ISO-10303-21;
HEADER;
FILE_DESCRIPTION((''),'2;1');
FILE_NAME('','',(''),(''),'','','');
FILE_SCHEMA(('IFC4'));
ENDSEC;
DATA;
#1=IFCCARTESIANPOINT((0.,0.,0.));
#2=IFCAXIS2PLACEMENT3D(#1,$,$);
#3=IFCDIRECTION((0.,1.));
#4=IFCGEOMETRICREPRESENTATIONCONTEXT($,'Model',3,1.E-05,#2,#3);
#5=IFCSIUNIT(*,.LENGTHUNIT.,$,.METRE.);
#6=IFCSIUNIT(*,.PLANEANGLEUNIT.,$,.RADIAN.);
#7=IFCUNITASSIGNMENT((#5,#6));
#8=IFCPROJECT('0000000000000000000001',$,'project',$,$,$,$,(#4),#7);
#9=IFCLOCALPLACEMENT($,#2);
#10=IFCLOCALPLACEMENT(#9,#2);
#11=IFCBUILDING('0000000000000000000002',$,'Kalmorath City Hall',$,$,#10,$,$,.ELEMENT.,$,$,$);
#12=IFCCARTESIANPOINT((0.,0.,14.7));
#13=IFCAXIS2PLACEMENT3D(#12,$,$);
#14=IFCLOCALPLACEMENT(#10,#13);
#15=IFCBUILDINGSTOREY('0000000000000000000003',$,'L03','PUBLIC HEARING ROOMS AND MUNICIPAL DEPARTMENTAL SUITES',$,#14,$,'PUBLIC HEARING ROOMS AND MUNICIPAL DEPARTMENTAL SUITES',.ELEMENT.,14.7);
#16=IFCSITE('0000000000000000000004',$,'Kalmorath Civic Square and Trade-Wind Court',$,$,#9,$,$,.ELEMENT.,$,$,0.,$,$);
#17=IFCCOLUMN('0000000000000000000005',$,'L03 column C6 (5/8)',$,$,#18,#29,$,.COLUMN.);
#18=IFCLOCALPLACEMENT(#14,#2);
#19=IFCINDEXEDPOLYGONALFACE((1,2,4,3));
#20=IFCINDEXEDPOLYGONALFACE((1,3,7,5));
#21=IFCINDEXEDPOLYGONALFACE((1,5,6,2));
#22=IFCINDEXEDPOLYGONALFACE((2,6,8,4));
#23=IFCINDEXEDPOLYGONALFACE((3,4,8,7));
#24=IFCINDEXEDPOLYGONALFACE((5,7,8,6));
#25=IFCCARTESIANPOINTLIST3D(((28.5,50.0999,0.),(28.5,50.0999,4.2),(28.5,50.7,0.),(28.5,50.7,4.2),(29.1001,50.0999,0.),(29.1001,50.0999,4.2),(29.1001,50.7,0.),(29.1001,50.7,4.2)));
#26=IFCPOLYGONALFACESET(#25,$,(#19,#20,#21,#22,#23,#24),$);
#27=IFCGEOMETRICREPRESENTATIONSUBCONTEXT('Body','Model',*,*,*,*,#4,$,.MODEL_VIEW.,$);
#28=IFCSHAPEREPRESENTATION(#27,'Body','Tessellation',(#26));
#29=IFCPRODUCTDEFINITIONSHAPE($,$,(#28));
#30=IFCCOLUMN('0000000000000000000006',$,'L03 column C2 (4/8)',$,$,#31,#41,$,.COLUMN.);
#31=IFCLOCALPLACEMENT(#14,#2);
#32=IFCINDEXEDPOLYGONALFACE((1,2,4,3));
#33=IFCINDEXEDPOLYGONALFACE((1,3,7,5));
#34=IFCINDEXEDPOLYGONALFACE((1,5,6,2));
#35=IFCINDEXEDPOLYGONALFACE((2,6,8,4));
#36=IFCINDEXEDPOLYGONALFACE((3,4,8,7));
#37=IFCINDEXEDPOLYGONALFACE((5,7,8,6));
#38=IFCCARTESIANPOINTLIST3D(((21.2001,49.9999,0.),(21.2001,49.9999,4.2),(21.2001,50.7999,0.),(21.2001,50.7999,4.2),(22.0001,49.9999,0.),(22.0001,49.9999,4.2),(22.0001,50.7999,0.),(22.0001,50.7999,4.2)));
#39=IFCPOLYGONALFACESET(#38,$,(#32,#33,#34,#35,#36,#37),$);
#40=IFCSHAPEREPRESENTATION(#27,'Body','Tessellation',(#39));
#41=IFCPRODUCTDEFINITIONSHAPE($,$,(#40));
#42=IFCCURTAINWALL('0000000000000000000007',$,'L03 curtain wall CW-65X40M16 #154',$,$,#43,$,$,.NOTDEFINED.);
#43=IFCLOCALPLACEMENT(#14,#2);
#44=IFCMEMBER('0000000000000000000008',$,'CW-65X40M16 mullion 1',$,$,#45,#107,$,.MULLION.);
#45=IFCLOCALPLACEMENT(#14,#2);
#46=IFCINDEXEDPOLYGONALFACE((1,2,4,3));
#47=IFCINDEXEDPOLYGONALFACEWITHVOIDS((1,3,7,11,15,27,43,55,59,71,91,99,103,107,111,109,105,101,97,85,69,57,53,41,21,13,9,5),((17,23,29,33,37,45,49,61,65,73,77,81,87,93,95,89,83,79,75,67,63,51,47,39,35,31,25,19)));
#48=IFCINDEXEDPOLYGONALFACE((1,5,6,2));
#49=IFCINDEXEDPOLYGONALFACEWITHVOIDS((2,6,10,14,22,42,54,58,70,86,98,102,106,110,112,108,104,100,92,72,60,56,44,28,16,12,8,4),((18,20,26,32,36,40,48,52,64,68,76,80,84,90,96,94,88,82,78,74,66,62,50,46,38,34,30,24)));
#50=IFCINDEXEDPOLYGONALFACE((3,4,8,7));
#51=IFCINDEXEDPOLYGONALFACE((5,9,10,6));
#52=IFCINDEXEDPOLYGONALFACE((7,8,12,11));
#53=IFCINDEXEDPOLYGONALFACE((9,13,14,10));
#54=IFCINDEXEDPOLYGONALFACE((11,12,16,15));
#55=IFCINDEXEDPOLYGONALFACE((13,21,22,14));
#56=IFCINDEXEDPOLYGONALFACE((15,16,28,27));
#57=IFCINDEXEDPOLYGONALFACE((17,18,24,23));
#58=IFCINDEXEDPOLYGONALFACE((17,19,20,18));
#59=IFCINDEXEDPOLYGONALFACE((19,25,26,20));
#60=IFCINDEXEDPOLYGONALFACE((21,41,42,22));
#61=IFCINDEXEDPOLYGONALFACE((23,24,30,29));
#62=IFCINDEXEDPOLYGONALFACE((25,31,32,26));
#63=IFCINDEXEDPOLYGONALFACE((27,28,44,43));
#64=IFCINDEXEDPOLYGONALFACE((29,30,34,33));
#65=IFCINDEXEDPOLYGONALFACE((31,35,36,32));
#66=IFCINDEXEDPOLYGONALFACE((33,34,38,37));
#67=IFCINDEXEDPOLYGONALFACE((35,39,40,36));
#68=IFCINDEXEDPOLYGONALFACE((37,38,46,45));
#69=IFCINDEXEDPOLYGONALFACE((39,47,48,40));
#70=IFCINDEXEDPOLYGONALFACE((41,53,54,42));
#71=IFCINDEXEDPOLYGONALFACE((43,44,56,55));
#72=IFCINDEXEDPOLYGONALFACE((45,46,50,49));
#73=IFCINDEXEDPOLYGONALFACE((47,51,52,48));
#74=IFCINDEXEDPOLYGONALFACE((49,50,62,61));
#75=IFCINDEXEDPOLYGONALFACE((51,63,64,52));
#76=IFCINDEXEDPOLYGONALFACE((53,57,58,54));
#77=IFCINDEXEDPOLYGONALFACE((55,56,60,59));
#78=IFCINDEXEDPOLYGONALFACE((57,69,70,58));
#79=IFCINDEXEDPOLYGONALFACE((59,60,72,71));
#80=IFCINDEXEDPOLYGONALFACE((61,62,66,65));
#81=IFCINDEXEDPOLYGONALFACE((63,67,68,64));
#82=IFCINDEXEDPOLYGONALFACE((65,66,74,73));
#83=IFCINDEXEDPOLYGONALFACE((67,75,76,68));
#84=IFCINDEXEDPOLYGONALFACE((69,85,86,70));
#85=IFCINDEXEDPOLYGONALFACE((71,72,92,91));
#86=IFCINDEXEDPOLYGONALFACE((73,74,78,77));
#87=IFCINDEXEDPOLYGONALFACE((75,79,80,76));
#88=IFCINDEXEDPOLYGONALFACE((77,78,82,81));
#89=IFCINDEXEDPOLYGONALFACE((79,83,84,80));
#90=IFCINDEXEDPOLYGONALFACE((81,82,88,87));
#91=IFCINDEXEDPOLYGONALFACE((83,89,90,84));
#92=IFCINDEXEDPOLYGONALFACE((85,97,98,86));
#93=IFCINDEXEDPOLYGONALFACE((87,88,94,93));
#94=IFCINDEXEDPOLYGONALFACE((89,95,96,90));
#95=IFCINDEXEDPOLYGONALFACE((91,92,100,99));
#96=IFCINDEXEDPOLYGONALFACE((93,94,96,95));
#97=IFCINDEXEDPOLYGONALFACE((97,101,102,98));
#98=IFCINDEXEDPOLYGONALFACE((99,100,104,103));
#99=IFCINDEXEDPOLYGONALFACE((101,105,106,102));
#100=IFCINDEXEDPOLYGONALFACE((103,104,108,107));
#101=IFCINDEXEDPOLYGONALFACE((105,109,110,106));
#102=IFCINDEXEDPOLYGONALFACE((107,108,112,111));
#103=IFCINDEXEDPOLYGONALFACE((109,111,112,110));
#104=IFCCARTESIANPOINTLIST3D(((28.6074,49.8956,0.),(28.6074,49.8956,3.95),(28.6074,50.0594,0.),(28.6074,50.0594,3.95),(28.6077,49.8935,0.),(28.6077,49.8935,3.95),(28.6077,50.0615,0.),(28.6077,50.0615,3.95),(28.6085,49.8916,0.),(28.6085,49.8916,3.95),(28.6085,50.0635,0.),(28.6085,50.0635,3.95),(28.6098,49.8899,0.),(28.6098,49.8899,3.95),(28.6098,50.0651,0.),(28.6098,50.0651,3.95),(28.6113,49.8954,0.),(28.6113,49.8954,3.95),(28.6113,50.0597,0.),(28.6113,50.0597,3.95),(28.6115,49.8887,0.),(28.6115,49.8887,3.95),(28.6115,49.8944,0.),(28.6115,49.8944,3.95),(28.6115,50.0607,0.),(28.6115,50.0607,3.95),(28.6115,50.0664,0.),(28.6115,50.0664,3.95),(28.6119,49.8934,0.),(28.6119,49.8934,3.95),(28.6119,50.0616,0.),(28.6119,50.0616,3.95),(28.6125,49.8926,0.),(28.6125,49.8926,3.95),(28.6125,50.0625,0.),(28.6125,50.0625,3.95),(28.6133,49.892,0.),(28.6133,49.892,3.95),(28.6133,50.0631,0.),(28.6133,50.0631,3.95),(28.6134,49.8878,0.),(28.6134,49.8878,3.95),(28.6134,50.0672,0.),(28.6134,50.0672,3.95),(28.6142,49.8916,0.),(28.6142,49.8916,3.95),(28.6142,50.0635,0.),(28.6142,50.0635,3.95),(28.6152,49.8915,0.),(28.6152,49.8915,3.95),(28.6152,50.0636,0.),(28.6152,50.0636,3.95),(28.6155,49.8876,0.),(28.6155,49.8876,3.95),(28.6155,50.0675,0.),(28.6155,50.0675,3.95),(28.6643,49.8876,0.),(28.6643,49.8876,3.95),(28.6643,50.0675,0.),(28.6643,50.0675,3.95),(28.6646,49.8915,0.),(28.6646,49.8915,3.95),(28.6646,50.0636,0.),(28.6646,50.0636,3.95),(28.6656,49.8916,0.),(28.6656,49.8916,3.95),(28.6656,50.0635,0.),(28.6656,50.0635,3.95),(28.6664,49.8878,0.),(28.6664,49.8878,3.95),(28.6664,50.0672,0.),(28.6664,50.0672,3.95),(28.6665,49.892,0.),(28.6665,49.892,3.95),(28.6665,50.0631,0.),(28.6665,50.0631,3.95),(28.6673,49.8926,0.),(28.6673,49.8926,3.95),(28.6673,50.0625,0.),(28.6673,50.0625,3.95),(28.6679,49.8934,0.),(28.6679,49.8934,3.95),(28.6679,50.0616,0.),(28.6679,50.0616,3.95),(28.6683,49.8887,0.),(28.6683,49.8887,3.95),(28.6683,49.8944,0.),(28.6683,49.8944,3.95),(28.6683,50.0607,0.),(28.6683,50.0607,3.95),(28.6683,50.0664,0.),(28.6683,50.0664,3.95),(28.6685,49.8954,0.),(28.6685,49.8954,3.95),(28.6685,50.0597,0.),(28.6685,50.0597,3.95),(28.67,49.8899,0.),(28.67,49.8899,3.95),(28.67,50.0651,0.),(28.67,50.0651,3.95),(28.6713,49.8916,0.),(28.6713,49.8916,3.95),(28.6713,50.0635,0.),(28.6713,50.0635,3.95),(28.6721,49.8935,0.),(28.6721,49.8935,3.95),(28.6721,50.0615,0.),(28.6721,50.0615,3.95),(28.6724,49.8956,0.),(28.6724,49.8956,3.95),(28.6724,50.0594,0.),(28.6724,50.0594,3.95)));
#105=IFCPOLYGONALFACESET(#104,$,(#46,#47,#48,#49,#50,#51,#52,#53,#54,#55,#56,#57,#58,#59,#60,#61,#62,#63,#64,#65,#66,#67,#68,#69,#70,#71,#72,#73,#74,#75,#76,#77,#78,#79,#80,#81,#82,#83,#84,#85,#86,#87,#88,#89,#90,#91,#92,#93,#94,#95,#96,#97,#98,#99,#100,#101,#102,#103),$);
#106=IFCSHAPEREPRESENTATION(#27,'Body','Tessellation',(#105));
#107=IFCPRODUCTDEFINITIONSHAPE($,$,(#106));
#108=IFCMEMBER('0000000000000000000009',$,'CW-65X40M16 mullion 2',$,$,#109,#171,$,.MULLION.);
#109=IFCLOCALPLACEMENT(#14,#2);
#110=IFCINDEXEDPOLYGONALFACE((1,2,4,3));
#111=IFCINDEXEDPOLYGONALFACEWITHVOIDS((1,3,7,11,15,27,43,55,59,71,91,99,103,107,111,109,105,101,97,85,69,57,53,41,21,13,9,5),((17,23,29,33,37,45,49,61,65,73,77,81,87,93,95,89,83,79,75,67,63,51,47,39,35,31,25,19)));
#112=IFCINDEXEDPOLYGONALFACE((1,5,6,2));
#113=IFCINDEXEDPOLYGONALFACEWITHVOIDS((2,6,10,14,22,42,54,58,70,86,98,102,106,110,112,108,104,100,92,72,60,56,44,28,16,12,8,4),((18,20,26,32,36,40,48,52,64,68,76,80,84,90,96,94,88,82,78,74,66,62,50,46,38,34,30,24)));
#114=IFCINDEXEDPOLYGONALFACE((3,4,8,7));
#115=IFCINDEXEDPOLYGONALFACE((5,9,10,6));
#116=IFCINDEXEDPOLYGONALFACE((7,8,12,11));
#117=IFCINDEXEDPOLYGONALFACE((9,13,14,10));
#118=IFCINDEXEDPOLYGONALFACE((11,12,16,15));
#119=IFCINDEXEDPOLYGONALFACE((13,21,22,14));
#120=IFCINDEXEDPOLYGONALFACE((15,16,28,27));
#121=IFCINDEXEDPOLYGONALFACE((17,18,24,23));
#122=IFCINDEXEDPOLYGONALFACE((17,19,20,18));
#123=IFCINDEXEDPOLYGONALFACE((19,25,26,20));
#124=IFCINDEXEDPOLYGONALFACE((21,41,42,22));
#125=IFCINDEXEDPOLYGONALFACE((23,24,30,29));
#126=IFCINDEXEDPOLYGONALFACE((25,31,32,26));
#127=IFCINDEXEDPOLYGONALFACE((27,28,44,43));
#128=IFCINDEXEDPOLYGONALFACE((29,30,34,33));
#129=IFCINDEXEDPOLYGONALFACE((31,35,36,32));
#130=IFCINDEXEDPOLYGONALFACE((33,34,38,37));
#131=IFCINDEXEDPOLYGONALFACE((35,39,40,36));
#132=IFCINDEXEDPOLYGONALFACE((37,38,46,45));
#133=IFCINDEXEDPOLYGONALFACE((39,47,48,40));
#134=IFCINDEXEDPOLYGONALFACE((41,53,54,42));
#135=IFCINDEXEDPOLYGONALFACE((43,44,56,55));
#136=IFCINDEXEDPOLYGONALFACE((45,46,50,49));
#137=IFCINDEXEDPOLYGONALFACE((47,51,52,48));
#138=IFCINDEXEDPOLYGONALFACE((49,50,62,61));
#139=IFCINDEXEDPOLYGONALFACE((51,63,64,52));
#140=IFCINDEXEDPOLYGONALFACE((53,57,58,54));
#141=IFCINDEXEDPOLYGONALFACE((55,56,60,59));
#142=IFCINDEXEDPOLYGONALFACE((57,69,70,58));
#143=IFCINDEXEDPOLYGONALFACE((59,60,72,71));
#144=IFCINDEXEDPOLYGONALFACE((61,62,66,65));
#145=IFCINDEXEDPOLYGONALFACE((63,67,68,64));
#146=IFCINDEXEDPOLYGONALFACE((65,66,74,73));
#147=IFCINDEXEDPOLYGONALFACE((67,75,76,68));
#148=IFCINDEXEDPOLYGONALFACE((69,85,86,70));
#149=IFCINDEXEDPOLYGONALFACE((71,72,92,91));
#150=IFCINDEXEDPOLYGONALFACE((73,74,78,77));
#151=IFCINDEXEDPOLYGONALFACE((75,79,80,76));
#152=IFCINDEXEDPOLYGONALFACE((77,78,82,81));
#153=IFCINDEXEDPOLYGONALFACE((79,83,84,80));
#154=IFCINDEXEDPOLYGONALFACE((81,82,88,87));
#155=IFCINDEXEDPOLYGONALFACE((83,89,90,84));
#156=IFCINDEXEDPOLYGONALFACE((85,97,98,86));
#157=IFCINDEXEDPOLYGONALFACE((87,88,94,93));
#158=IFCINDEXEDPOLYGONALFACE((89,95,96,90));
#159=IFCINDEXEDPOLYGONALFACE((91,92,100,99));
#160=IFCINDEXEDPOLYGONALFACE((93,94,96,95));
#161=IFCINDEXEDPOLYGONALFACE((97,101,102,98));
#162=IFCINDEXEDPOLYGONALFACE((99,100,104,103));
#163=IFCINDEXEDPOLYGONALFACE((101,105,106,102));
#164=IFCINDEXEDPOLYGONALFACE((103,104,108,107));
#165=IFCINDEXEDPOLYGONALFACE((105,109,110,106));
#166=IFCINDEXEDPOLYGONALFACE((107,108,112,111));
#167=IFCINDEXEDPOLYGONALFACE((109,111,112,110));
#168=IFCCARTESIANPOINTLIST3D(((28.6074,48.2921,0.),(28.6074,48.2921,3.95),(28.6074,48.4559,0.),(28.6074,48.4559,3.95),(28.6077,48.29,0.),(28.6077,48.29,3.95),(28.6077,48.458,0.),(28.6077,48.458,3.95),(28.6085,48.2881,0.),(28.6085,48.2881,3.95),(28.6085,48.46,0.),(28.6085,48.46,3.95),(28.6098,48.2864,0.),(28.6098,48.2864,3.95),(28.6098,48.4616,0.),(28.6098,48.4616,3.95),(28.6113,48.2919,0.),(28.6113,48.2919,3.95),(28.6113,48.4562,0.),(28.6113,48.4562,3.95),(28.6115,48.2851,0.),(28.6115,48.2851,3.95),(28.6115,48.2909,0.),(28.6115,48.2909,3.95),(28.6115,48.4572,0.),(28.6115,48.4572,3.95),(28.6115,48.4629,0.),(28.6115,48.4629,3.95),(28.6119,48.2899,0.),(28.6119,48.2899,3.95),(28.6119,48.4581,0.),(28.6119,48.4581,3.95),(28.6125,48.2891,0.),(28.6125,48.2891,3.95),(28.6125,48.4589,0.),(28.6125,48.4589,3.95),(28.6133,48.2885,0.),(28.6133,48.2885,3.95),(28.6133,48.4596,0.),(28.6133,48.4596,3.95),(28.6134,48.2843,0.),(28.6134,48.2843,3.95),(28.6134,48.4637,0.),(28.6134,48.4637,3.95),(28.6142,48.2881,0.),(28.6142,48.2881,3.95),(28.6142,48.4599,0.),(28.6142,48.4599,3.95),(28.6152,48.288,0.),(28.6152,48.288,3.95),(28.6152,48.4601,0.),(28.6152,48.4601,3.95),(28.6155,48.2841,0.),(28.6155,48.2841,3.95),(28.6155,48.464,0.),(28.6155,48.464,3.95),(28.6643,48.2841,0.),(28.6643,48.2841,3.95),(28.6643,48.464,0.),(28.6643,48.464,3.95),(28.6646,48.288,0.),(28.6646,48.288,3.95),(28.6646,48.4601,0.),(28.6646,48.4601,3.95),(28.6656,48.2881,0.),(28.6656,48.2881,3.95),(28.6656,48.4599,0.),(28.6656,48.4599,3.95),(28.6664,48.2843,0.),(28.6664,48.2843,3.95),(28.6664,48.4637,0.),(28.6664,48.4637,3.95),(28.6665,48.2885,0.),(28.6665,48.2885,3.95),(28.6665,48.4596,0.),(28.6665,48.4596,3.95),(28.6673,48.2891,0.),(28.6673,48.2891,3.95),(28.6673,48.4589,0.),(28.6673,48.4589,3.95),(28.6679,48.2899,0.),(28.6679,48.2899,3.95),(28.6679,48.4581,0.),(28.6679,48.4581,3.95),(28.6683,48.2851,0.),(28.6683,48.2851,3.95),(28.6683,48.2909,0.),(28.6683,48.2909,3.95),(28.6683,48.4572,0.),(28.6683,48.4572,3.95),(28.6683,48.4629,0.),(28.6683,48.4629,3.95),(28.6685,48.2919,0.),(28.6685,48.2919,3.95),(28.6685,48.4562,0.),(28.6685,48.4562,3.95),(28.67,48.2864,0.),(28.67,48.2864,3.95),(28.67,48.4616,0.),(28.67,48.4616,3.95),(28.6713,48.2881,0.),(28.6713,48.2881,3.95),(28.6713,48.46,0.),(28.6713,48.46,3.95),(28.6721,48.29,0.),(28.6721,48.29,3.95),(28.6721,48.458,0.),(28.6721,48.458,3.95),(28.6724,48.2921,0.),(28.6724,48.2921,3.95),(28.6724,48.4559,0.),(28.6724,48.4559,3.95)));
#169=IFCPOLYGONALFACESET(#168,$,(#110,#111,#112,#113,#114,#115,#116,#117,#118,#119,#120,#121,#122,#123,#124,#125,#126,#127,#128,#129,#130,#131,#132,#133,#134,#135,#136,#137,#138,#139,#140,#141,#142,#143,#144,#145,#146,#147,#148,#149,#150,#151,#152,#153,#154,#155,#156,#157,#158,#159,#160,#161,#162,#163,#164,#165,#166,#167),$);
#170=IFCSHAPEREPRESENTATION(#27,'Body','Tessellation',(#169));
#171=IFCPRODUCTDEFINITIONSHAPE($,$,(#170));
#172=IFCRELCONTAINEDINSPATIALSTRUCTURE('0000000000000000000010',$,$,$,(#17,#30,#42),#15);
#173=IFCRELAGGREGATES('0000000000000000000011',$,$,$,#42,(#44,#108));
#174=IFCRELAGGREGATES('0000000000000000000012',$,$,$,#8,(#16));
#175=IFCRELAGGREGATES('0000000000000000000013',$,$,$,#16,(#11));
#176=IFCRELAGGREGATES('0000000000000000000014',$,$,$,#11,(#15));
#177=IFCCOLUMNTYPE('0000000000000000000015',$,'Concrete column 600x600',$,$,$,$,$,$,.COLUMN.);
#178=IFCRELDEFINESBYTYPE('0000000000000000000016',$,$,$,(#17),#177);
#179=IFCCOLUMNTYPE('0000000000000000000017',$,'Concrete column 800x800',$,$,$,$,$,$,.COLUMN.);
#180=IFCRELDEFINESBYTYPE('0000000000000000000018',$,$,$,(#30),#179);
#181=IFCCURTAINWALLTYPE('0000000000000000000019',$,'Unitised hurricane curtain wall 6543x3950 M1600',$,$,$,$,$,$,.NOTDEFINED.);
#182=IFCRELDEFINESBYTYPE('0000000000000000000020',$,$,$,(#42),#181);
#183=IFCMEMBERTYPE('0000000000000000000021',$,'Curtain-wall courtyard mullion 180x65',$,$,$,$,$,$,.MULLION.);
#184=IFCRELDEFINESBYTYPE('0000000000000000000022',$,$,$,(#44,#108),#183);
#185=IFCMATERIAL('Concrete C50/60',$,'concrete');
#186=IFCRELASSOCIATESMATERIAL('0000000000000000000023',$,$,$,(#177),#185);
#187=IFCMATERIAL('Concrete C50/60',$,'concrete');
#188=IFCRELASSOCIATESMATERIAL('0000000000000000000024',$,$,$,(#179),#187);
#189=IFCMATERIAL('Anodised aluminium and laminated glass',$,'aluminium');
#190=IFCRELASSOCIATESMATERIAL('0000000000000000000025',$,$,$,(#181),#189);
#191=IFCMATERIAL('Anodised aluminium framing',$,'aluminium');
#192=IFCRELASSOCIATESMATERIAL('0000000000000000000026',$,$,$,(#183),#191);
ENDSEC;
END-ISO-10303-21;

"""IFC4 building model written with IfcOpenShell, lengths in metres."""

from ifc_helpers import new_model, si_unit, direction, frame, origin, origin_2d, place, context, subcontext, project, spatial, rectangle, hollow_rectangle, extrude, material, material_profile, profile_set, type_object, element, aggregate, save


model = new_model("IFC4")

# Units and contexts
model_context = context("Model", 3, precision=1e-05, world=origin(), true_north=direction((0.0, 1.0)))
body_context = subcontext(model_context, "Body", "Model", "MODEL_VIEW")
ifc_project = project(units=[si_unit("LENGTHUNIT", "METRE"), si_unit("PLANEANGLEUNIT", "RADIAN")], contexts=[model_context])

# Site, building, storey
site_placement = place(None, origin())
site = spatial("IfcSite", under=ifc_project, at=site_placement, Name="Kalmorath Civic Square and Trade-Wind Court", CompositionType="ELEMENT", RefElevation=0.0)
building_placement = place(site_placement, origin())
building = spatial("IfcBuilding", under=site, at=building_placement, Name="Kalmorath City Hall", CompositionType="ELEMENT")
storey_placement = place(building_placement, frame((0.0, 0.0, 14.7)))
storey = spatial("IfcBuildingStorey", under=building, at=storey_placement, Name="L03", Description="PUBLIC HEARING ROOMS AND MUNICIPAL DEPARTMENTAL SUITES", LongName="PUBLIC HEARING ROOMS AND MUNICIPAL DEPARTMENTAL SUITES", CompositionType="ELEMENT", Elevation=14.7)

# Columns
ifc_material_1 = material(Name="Concrete C50/60", Category="concrete")
ifc_material_profile_1 = material_profile(ifc_material_1, rectangle(XDim=0.6001, YDim=0.6001, at=origin_2d()), Name="RC-COL-600X600")
ifc_profile_set_1 = profile_set([ifc_material_profile_1], Name="Concrete C50/60")
column_type_1 = type_object("IfcColumnType", Name="Concrete column 600x600", PredefinedType="COLUMN", material=ifc_profile_set_1)
column_1_placement = place(storey_placement, frame((28.8, 50.3999, 0.0), z_axis=(0.0, 0.0, 1.0), x_axis=(1.0, 0.0, 0.0)))
element("IfcColumn", 1, at=column_1_placement, inside=storey, type_object=column_type_1, Name="L03 column C6 (5/8)", PredefinedType="COLUMN", context=body_context, shape_type="SweptSolid", body=[
    extrude(rectangle(XDim=0.6001, YDim=0.6001, at=origin_2d()), origin(), (0.0, 0.0, 1.0), 4.2),
])
ifc_material_2 = material(Name="Concrete C50/60", Category="concrete")
ifc_material_profile_2 = material_profile(ifc_material_2, rectangle(XDim=0.8, YDim=0.8, at=origin_2d()), Name="RC-COL-800X800")
ifc_profile_set_2 = profile_set([ifc_material_profile_2], Name="Concrete C50/60")
column_type_2 = type_object("IfcColumnType", Name="Concrete column 800x800", PredefinedType="COLUMN", material=ifc_profile_set_2)
column_2_placement = place(storey_placement, frame((21.6001, 50.3999, 0.0), z_axis=(0.0, 0.0, 1.0), x_axis=(1.0, 0.0, 0.0)))
element("IfcColumn", 2, at=column_2_placement, inside=storey, type_object=column_type_2, Name="L03 column C2 (4/8)", PredefinedType="COLUMN", context=body_context, shape_type="SweptSolid", body=[
    extrude(rectangle(XDim=0.8, YDim=0.8, at=origin_2d()), origin(), (0.0, 0.0, 1.0), 4.2),
])

# Curtain wall, members
ifc_material_3 = material(Name="Anodised aluminium and laminated glass", Category="aluminium")
curtain_wall_type = type_object("IfcCurtainWallType", Name="Unitised hurricane curtain wall 6543x3950 M1600", PredefinedType="NOTDEFINED", material=ifc_material_3)
curtain_wall_placement = place(storey_placement, origin())
curtain_wall = element("IfcCurtainWall", 3, at=curtain_wall_placement, inside=storey, type_object=curtain_wall_type, Name="L03 curtain wall CW-65X40M16 #154", PredefinedType="NOTDEFINED")
ifc_material_4 = material(Name="Anodised aluminium framing", Category="aluminium")
ifc_material_profile_3 = material_profile(ifc_material_4, hollow_rectangle(XDim=0.0649, YDim=0.1799, WallThickness=0.0039, InnerFilletRadius=0.0039, OuterFilletRadius=0.0081, at=origin_2d()), Name="ALU-MUL-180X65X4")
ifc_profile_set_3 = profile_set([ifc_material_profile_3], Name="Anodised aluminium framing")
member_type_1 = type_object("IfcMemberType", Name="Curtain-wall courtyard mullion 180x65", PredefinedType="MULLION", material=ifc_profile_set_3)
member_1_placement = place(storey_placement, frame((28.6399, 49.9775, 0.0), z_axis=(0.0, 0.0, 1.0), x_axis=(1.0, 0.0, 0.0)))
member_1 = element("IfcMember", 4, at=member_1_placement, type_object=member_type_1, Name="CW-65X40M16 mullion 1", PredefinedType="MULLION", context=body_context, shape_type="SweptSolid", body=[
    extrude(hollow_rectangle(XDim=0.0649, YDim=0.1799, WallThickness=0.0039, InnerFilletRadius=0.0039, OuterFilletRadius=0.0081, at=origin_2d()), origin(), (0.0, 0.0, 1.0), 3.95),
])
member_2_placement = place(storey_placement, frame((28.6399, 48.374, 0.0), z_axis=(0.0, 0.0, 1.0), x_axis=(1.0, 0.0, 0.0)))
member_2 = element("IfcMember", 5, at=member_2_placement, type_object=member_type_1, Name="CW-65X40M16 mullion 2", PredefinedType="MULLION", context=body_context, shape_type="SweptSolid", body=[
    extrude(hollow_rectangle(XDim=0.0649, YDim=0.1799, WallThickness=0.0039, InnerFilletRadius=0.0039, OuterFilletRadius=0.0081, at=origin_2d()), origin(), (0.0, 0.0, 1.0), 3.95),
])

aggregate(curtain_wall, [member_1, member_2])

save(model, "model.ifc")
